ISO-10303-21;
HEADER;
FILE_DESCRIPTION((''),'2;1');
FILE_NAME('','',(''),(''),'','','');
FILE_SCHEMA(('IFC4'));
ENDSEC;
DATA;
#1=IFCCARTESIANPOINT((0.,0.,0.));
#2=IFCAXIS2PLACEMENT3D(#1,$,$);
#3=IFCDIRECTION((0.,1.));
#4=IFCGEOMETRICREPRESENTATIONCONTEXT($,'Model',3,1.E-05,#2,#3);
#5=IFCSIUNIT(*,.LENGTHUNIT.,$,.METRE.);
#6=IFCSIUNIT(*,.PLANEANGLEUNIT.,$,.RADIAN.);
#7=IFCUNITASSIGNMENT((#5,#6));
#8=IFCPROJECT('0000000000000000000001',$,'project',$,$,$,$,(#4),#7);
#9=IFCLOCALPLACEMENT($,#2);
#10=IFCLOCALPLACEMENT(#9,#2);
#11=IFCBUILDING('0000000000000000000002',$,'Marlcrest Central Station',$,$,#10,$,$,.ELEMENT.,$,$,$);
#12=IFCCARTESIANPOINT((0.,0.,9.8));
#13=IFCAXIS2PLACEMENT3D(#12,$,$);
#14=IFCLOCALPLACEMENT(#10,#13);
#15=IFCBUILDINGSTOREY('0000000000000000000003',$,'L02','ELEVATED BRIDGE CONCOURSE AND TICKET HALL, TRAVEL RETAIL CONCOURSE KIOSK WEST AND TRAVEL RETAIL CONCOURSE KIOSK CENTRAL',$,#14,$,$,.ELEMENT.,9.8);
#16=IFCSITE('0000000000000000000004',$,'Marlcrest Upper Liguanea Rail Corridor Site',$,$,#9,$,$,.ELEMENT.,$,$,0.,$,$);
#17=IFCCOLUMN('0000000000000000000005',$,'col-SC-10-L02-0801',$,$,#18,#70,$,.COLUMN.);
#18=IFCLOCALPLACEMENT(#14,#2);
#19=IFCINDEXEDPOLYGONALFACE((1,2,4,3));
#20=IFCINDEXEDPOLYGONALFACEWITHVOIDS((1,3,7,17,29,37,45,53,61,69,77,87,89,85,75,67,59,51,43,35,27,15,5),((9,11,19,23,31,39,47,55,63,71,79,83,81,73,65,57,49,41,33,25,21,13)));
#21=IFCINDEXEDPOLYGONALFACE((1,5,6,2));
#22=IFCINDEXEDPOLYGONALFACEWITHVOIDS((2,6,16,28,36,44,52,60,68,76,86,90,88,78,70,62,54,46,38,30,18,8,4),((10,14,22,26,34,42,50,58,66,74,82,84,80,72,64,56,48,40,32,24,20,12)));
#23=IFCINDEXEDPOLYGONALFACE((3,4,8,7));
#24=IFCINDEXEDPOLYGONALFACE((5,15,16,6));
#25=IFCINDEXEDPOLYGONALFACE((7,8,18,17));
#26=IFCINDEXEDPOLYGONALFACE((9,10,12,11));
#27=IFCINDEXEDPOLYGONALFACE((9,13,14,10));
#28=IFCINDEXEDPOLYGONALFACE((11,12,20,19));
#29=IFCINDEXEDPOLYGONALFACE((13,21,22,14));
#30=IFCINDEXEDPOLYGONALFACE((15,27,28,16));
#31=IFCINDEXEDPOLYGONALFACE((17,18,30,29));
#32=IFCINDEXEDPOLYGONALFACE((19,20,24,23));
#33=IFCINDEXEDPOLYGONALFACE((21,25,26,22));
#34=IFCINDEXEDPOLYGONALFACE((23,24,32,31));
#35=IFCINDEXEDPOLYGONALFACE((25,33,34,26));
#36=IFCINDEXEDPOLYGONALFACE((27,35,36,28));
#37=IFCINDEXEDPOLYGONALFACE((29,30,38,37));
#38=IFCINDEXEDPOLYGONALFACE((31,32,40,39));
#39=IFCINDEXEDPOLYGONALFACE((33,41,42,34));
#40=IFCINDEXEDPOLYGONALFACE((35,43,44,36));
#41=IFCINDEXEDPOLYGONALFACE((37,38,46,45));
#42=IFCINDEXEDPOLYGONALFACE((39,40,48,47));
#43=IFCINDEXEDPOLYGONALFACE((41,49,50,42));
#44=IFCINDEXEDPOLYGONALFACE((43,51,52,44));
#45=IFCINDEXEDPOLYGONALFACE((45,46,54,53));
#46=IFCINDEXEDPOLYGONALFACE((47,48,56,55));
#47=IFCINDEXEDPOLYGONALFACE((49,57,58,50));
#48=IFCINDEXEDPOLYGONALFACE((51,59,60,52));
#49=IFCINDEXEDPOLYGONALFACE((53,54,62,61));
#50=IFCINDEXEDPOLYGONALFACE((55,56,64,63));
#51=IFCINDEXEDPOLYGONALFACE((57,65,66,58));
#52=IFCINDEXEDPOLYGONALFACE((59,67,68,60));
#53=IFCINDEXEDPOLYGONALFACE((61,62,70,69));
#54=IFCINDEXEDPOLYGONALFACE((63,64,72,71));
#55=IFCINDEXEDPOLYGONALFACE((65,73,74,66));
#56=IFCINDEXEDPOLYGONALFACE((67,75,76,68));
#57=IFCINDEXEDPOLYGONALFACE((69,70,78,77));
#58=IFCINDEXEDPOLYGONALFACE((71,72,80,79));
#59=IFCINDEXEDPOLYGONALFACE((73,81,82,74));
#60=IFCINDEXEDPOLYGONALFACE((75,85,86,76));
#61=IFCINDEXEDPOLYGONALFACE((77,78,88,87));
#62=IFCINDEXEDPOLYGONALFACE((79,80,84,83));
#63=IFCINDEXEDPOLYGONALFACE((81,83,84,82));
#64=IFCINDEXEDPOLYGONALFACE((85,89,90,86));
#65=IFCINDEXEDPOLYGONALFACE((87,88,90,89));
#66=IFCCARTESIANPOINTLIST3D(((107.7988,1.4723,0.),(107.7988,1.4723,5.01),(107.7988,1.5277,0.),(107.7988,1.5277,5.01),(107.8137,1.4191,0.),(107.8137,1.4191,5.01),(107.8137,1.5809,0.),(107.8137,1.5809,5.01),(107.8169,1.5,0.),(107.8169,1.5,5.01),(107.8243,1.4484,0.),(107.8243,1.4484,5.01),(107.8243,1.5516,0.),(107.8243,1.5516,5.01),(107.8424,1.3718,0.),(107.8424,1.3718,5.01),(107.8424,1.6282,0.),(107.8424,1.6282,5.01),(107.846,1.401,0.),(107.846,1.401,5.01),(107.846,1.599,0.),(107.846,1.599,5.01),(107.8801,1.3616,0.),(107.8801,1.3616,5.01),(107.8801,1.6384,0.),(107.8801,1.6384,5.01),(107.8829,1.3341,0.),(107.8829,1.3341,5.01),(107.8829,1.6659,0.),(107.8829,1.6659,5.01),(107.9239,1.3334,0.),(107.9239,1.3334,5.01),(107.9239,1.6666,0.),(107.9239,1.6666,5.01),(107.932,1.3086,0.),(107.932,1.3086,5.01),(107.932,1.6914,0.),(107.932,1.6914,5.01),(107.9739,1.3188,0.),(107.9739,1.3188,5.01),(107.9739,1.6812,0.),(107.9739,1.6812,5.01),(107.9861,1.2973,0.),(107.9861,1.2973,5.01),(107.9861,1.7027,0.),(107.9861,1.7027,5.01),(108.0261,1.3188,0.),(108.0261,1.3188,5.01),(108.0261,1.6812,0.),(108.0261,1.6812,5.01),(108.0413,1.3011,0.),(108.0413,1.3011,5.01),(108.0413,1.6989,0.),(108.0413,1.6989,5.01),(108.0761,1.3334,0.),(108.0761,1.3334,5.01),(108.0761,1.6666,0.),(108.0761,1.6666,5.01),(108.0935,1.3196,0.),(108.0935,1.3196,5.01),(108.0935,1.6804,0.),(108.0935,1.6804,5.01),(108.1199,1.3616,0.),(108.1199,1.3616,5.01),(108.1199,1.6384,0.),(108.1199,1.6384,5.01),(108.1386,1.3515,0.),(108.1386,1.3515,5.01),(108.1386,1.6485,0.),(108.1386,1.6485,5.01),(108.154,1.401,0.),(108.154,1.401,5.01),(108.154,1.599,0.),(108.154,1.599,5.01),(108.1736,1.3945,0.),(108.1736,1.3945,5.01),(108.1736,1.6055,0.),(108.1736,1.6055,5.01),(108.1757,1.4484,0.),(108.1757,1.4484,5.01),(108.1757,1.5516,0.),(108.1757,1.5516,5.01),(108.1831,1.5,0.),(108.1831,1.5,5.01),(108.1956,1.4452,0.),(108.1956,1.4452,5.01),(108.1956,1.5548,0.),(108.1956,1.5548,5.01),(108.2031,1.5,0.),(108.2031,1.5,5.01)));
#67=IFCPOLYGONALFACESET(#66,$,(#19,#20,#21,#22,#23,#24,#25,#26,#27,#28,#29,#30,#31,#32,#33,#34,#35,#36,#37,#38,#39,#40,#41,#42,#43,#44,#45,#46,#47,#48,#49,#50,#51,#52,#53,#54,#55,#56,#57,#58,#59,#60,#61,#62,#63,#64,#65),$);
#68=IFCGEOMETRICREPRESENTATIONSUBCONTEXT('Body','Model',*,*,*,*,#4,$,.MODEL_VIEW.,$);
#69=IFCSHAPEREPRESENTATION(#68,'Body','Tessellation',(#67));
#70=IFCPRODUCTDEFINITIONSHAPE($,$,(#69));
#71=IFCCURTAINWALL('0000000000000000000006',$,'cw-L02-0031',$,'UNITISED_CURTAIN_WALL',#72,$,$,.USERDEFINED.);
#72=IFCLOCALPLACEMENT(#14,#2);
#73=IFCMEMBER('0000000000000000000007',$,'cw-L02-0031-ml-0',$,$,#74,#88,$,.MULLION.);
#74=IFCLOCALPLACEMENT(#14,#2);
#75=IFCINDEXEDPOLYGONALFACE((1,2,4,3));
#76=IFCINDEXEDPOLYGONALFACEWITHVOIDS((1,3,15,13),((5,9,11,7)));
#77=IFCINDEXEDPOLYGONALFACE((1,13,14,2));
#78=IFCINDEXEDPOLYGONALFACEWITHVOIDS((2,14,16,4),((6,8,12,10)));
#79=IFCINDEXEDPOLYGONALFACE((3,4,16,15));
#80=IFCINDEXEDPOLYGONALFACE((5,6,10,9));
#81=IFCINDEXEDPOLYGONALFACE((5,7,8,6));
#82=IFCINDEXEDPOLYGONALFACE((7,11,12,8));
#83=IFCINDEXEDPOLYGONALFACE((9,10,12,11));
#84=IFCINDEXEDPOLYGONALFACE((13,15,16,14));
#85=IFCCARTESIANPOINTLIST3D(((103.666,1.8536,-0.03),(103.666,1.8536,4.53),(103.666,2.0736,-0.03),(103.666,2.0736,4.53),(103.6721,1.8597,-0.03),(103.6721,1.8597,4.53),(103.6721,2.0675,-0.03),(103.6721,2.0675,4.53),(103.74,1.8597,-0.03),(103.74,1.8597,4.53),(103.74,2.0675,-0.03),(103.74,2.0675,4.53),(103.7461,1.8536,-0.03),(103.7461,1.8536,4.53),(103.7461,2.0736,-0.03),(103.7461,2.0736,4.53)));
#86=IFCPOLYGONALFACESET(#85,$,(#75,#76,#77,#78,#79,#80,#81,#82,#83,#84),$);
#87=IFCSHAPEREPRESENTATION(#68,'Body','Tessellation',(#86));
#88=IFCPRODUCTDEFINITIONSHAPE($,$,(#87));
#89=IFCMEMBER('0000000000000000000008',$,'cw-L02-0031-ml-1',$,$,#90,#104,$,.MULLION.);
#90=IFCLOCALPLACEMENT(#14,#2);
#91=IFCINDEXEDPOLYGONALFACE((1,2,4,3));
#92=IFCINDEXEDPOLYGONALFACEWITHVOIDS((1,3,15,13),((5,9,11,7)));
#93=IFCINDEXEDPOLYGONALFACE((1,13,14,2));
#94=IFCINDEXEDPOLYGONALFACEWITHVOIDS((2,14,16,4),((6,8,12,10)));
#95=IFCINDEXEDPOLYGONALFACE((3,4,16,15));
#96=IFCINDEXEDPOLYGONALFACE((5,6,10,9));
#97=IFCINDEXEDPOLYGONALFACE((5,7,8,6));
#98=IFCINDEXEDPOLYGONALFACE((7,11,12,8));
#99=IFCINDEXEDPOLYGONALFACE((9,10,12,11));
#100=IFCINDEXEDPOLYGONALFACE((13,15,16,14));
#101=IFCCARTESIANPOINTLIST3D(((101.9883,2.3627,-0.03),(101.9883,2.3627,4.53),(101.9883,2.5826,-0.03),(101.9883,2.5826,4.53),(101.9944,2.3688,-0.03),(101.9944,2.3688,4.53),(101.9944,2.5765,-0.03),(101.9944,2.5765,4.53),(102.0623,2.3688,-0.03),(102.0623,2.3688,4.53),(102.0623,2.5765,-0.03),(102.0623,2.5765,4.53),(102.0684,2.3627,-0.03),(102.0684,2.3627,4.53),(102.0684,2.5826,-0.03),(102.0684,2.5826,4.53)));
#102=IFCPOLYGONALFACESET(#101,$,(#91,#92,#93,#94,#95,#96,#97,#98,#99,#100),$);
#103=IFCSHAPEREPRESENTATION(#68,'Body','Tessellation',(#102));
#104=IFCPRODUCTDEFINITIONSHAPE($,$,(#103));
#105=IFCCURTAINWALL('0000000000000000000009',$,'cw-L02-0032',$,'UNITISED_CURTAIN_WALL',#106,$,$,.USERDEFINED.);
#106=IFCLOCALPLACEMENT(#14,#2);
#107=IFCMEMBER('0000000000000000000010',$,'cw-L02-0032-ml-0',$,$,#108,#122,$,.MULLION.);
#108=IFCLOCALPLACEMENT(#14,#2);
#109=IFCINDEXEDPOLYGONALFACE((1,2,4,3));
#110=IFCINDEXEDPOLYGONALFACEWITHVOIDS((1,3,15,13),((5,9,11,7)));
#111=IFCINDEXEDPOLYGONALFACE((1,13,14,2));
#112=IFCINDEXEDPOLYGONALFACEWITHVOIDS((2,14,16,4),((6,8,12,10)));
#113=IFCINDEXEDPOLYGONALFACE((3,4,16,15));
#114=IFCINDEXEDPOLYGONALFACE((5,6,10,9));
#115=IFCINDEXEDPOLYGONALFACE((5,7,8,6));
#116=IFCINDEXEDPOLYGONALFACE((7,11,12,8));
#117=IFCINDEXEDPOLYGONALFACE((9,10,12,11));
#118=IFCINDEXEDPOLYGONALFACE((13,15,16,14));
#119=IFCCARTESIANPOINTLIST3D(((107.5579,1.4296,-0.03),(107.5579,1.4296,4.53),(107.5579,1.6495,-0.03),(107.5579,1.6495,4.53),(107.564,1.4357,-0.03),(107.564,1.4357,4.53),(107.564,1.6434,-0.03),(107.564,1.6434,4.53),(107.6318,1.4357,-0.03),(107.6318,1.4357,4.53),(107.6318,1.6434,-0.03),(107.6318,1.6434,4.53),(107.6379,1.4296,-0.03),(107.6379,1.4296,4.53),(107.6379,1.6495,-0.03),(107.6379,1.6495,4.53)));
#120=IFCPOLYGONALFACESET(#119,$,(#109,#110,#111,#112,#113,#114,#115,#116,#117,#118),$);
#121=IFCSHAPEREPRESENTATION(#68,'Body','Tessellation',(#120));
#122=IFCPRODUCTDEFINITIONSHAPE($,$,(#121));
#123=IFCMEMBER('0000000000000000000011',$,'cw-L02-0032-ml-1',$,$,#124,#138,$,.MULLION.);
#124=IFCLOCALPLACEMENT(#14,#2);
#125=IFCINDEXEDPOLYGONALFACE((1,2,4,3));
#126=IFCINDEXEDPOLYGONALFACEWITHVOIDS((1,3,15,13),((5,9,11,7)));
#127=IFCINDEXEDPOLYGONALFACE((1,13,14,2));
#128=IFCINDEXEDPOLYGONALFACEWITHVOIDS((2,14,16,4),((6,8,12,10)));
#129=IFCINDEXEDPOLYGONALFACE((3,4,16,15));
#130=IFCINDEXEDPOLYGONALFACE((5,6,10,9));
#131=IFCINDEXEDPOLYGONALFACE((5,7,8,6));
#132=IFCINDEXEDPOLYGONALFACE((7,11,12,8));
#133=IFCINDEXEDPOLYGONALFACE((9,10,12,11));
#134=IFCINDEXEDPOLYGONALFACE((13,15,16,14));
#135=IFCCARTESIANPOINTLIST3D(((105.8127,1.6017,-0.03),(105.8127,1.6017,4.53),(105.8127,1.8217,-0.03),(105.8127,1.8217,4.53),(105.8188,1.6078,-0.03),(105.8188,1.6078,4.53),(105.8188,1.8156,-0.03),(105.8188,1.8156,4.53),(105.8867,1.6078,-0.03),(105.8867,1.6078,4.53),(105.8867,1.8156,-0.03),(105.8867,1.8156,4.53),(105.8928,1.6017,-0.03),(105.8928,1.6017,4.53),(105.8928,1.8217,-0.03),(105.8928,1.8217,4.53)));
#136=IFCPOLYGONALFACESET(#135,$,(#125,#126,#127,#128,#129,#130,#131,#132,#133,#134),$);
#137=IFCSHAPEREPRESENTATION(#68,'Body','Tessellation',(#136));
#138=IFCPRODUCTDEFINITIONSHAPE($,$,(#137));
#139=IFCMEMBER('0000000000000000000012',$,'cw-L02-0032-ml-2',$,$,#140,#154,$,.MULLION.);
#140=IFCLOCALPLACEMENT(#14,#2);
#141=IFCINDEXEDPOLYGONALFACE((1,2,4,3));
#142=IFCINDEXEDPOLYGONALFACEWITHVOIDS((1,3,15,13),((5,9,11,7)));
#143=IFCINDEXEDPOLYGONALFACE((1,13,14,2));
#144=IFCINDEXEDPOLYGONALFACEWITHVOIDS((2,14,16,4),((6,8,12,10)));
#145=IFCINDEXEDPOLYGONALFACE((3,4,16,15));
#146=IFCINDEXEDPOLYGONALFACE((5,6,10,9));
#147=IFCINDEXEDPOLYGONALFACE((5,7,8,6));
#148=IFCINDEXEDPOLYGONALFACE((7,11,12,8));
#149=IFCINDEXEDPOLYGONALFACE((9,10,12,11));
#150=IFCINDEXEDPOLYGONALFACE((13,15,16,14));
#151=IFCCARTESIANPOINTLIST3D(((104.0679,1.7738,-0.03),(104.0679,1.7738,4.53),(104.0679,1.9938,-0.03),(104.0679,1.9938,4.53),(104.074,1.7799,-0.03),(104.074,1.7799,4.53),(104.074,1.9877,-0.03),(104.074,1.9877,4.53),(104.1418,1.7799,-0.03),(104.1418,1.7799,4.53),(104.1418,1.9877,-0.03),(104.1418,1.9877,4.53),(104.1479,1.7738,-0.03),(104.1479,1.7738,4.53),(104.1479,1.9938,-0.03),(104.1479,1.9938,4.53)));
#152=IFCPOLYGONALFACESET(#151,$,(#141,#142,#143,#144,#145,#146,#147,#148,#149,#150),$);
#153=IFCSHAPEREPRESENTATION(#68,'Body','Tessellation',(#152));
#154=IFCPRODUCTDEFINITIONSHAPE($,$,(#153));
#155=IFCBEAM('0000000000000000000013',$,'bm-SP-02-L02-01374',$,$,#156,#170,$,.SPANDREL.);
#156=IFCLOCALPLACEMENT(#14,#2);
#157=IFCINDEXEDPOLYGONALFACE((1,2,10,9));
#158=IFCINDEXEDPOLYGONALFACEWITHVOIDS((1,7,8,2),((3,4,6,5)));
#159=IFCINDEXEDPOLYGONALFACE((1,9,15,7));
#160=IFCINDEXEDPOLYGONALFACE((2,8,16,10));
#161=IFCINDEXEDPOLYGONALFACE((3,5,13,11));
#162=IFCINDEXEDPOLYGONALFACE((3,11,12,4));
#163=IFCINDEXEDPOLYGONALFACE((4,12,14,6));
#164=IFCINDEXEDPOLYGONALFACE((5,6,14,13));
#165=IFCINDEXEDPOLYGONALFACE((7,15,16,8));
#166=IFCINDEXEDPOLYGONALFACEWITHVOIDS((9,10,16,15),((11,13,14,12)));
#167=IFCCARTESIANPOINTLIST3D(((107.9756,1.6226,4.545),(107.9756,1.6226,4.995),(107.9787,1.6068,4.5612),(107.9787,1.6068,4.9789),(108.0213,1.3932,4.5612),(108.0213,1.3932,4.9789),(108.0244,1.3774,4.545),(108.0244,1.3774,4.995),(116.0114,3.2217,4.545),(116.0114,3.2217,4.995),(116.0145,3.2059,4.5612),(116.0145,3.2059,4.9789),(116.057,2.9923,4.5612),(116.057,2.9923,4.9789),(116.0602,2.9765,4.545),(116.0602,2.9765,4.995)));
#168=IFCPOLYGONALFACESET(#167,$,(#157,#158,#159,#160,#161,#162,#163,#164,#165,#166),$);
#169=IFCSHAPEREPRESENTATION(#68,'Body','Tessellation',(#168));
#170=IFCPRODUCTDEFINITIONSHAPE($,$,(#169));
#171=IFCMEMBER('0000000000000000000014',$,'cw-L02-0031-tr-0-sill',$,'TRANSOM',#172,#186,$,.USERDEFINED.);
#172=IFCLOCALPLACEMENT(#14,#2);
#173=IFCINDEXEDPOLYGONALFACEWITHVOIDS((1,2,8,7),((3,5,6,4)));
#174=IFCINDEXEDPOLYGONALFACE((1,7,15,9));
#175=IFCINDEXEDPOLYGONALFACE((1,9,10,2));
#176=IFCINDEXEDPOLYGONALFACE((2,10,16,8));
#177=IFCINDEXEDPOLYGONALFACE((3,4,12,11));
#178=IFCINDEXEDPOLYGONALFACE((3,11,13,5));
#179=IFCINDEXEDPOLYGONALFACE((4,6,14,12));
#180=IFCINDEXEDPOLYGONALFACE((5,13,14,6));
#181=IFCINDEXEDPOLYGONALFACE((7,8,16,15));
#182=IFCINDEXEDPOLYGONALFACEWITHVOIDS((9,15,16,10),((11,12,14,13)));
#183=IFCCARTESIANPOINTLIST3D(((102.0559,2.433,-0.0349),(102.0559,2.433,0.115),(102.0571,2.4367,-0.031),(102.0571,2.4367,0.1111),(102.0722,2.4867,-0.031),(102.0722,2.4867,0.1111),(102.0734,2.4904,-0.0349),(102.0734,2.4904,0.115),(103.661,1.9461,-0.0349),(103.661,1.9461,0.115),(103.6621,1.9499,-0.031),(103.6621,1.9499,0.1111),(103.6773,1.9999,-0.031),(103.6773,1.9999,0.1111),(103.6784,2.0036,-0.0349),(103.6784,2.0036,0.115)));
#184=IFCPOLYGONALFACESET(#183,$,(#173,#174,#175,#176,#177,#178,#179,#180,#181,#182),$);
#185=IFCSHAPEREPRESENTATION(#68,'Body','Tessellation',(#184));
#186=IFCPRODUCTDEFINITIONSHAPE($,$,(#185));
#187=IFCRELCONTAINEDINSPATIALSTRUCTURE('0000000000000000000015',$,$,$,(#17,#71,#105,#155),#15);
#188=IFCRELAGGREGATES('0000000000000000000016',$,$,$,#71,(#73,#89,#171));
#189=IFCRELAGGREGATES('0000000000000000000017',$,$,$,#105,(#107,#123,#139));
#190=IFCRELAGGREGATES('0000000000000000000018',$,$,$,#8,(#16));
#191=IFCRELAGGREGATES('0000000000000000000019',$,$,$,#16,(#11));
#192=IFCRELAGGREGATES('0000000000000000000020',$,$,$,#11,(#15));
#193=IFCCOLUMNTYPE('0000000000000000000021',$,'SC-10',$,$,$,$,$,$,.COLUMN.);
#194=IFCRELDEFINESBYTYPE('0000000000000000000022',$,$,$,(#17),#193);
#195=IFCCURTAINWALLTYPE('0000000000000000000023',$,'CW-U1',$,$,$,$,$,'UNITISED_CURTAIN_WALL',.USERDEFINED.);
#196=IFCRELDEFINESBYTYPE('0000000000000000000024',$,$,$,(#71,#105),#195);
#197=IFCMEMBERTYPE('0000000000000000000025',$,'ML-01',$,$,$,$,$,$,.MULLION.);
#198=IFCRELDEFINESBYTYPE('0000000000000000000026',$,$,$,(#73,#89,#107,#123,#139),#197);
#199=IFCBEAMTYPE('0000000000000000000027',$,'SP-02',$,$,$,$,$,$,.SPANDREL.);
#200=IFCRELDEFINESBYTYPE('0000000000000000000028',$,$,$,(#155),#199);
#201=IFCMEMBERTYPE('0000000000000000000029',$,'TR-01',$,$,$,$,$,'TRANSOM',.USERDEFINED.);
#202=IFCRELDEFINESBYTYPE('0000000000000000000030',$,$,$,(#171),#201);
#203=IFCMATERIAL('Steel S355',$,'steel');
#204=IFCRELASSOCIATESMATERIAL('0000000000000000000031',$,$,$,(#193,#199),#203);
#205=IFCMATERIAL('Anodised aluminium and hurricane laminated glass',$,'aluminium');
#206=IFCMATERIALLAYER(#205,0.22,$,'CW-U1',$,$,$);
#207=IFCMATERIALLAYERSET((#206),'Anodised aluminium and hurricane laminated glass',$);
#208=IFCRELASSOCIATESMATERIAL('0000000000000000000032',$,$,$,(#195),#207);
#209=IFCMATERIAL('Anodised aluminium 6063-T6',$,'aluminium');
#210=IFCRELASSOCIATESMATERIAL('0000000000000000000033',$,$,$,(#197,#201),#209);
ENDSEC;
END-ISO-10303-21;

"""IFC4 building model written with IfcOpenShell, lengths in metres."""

from ifc_helpers import new_model, si_unit, direction, frame, origin, origin_2d, place, context, subcontext, project, spatial, hollow_rectangle, hollow_circle, extrude, material, layer, layer_set, material_profile, profile_set, type_object, element, aggregate, save


model = new_model("IFC4")

# Units and contexts
model_context = context("Model", 3, precision=1e-05, world=origin(), true_north=direction((0.0, 1.0)))
body_context = subcontext(model_context, "Body", "Model", "MODEL_VIEW")
ifc_project = project(units=[si_unit("LENGTHUNIT", "METRE"), si_unit("PLANEANGLEUNIT", "RADIAN")], contexts=[model_context])

# Site, building, storey
site_placement = place(None, origin())
site = spatial("IfcSite", under=ifc_project, at=site_placement, Name="Marlcrest Upper Liguanea Rail Corridor Site", CompositionType="ELEMENT", RefElevation=0.0)
building_placement = place(site_placement, origin())
building = spatial("IfcBuilding", under=site, at=building_placement, Name="Marlcrest Central Station", CompositionType="ELEMENT")
storey_placement = place(building_placement, frame((0.0, 0.0, 9.8)))
storey = spatial("IfcBuildingStorey", under=building, at=storey_placement, Name="L02", Description="ELEVATED BRIDGE CONCOURSE AND TICKET HALL, TRAVEL RETAIL CONCOURSE KIOSK WEST AND TRAVEL RETAIL CONCOURSE KIOSK CENTRAL", CompositionType="ELEMENT", Elevation=9.8)

# Column
ifc_material_1 = material(Name="Steel S355", Category="steel")
ifc_material_profile_1 = material_profile(ifc_material_1, hollow_circle(Radius=0.2031, WallThickness=0.02, at=origin_2d()), Name="CHS 406.4x20")
ifc_profile_set_1 = profile_set([ifc_material_profile_1], Name="Steel S355")
column_type = type_object("IfcColumnType", Name="SC-10", PredefinedType="COLUMN", material=ifc_profile_set_1)
column_placement = place(storey_placement, frame((108.0, 1.5, 0.0), z_axis=(0.0, 0.0, 1.0), x_axis=(1.0, 0.0, 0.0)))
element("IfcColumn", 1, at=column_placement, inside=storey, type_object=column_type, Name="col-SC-10-L02-0801", PredefinedType="COLUMN", context=body_context, shape_type="SweptSolid", body=[
    extrude(hollow_circle(Radius=0.2031, WallThickness=0.02, at=origin_2d()), origin(), (0.0, 0.0, 1.0), 5.01),
])

# Curtain walls, members
ifc_material_2 = material(Name="Anodised aluminium and hurricane laminated glass", Category="aluminium")
ifc_layer_1 = layer(ifc_material_2, 0.22, Name="CW-U1")
ifc_layer_set_1 = layer_set([ifc_layer_1], Name="Anodised aluminium and hurricane laminated glass")
curtain_wall_type = type_object("IfcCurtainWallType", Name="CW-U1", ElementType="UNITISED_CURTAIN_WALL", PredefinedType="USERDEFINED", material=ifc_layer_set_1)
curtain_wall_1_placement = place(storey_placement, origin())
curtain_wall_1 = element("IfcCurtainWall", 2, at=curtain_wall_1_placement, inside=storey, type_object=curtain_wall_type, Name="cw-L02-0031", ObjectType="UNITISED_CURTAIN_WALL", PredefinedType="USERDEFINED")
ifc_material_3 = material(Name="Anodised aluminium 6063-T6", Category="aluminium")
ifc_material_profile_2 = material_profile(ifc_material_3, hollow_rectangle(XDim=0.0801, YDim=0.22, WallThickness=0.0061, at=origin_2d()), Name="AA-RHS 220x80x6")
ifc_profile_set_2 = profile_set([ifc_material_profile_2], Name="Anodised aluminium 6063-T6")
member_type_1 = type_object("IfcMemberType", Name="ML-01", PredefinedType="MULLION", material=ifc_profile_set_2)
member_1_placement = place(storey_placement, frame((103.7061, 1.9636, -0.03), z_axis=(0.0, 0.0, 1.0), x_axis=(1.0, 0.0, 0.0)))
member_1 = element("IfcMember", 3, at=member_1_placement, type_object=member_type_1, Name="cw-L02-0031-ml-0", PredefinedType="MULLION", context=body_context, shape_type="SweptSolid", body=[
    extrude(hollow_rectangle(XDim=0.0801, YDim=0.22, WallThickness=0.0061, at=origin_2d()), origin(), (0.0, 0.0, 1.0), 4.5601),
])
member_2_placement = place(storey_placement, frame((102.0283, 2.4727, -0.03), z_axis=(0.0, 0.0, 1.0), x_axis=(1.0, 0.0, 0.0)))
member_2 = element("IfcMember", 4, at=member_2_placement, type_object=member_type_1, Name="cw-L02-0031-ml-1", PredefinedType="MULLION", context=body_context, shape_type="SweptSolid", body=[
    extrude(hollow_rectangle(XDim=0.0801, YDim=0.22, WallThickness=0.0061, at=origin_2d()), origin(), (0.0, 0.0, 1.0), 4.5601),
])
curtain_wall_2_placement = place(storey_placement, origin())
curtain_wall_2 = element("IfcCurtainWall", 5, at=curtain_wall_2_placement, inside=storey, type_object=curtain_wall_type, Name="cw-L02-0032", ObjectType="UNITISED_CURTAIN_WALL", PredefinedType="USERDEFINED")
member_3_placement = place(storey_placement, frame((107.5979, 1.5396, -0.03), z_axis=(0.0, 0.0, 1.0), x_axis=(1.0, 0.0, 0.0)))
member_3 = element("IfcMember", 6, at=member_3_placement, type_object=member_type_1, Name="cw-L02-0032-ml-0", PredefinedType="MULLION", context=body_context, shape_type="SweptSolid", body=[
    extrude(hollow_rectangle(XDim=0.0801, YDim=0.22, WallThickness=0.0061, at=origin_2d()), origin(), (0.0, 0.0, 1.0), 4.5601),
])
member_4_placement = place(storey_placement, frame((105.8528, 1.7117, -0.03), z_axis=(0.0, 0.0, 1.0), x_axis=(1.0, 0.0, 0.0)))
member_4 = element("IfcMember", 7, at=member_4_placement, type_object=member_type_1, Name="cw-L02-0032-ml-1", PredefinedType="MULLION", context=body_context, shape_type="SweptSolid", body=[
    extrude(hollow_rectangle(XDim=0.0801, YDim=0.22, WallThickness=0.0061, at=origin_2d()), origin(), (0.0, 0.0, 1.0), 4.5601),
])
member_5_placement = place(storey_placement, frame((104.1079, 1.8838, -0.03), z_axis=(0.0, 0.0, 1.0), x_axis=(1.0, 0.0, 0.0)))
member_5 = element("IfcMember", 8, at=member_5_placement, type_object=member_type_1, Name="cw-L02-0032-ml-2", PredefinedType="MULLION", context=body_context, shape_type="SweptSolid", body=[
    extrude(hollow_rectangle(XDim=0.0801, YDim=0.22, WallThickness=0.0061, at=origin_2d()), origin(), (0.0, 0.0, 1.0), 4.5601),
])

# Beam
ifc_material_profile_3 = material_profile(ifc_material_1, hollow_rectangle(XDim=0.25, YDim=0.45, WallThickness=0.0161, at=origin_2d()), Name="RHS 450x250x16")
ifc_profile_set_3 = profile_set([ifc_material_profile_3], Name="Steel S355")
beam_type = type_object("IfcBeamType", Name="SP-02", PredefinedType="SPANDREL", material=ifc_profile_set_3)
beam_placement = place(storey_placement, frame((108.0, 1.5, 4.77), z_axis=(0.980769, 0.195171, 0.0), x_axis=(-0.195171, 0.980769, 0.0)))
element("IfcBeam", 9, at=beam_placement, inside=storey, type_object=beam_type, Name="bm-SP-02-L02-01374", PredefinedType="SPANDREL", context=body_context, shape_type="SweptSolid", body=[
    extrude(hollow_rectangle(XDim=0.25, YDim=0.45, WallThickness=0.0161, at=origin_2d()), origin(), (0.0, 0.0, 1.0), 8.1934),
])

# Member
ifc_material_profile_4 = material_profile(ifc_material_3, hollow_rectangle(XDim=0.0601, YDim=0.1499, WallThickness=0.0039, at=origin_2d()), Name="AA-RHS 150x60x4")
ifc_profile_set_4 = profile_set([ifc_material_profile_4], Name="Anodised aluminium 6063-T6")
member_type_2 = type_object("IfcMemberType", Name="TR-01", ElementType="TRANSOM", PredefinedType="USERDEFINED", material=ifc_profile_set_4)
member_6_placement = place(storey_placement, frame((103.6697, 1.9749, 0.04), z_axis=(-0.956948, 0.290258, 0.0), x_axis=(-0.290258, -0.956948, 0.0)))
member_6 = element("IfcMember", 10, at=member_6_placement, type_object=member_type_2, Name="cw-L02-0031-tr-0-sill", ObjectType="TRANSOM", PredefinedType="USERDEFINED", context=body_context, shape_type="SweptSolid", body=[
    extrude(hollow_rectangle(XDim=0.0601, YDim=0.1499, WallThickness=0.0039, at=origin_2d()), origin(), (0.0, 0.0, 1.0), 1.6772),
])

aggregate(curtain_wall_1, [member_1, member_2, member_6])
aggregate(curtain_wall_2, [member_3, member_4, member_5])

save(model, "model.ifc")
